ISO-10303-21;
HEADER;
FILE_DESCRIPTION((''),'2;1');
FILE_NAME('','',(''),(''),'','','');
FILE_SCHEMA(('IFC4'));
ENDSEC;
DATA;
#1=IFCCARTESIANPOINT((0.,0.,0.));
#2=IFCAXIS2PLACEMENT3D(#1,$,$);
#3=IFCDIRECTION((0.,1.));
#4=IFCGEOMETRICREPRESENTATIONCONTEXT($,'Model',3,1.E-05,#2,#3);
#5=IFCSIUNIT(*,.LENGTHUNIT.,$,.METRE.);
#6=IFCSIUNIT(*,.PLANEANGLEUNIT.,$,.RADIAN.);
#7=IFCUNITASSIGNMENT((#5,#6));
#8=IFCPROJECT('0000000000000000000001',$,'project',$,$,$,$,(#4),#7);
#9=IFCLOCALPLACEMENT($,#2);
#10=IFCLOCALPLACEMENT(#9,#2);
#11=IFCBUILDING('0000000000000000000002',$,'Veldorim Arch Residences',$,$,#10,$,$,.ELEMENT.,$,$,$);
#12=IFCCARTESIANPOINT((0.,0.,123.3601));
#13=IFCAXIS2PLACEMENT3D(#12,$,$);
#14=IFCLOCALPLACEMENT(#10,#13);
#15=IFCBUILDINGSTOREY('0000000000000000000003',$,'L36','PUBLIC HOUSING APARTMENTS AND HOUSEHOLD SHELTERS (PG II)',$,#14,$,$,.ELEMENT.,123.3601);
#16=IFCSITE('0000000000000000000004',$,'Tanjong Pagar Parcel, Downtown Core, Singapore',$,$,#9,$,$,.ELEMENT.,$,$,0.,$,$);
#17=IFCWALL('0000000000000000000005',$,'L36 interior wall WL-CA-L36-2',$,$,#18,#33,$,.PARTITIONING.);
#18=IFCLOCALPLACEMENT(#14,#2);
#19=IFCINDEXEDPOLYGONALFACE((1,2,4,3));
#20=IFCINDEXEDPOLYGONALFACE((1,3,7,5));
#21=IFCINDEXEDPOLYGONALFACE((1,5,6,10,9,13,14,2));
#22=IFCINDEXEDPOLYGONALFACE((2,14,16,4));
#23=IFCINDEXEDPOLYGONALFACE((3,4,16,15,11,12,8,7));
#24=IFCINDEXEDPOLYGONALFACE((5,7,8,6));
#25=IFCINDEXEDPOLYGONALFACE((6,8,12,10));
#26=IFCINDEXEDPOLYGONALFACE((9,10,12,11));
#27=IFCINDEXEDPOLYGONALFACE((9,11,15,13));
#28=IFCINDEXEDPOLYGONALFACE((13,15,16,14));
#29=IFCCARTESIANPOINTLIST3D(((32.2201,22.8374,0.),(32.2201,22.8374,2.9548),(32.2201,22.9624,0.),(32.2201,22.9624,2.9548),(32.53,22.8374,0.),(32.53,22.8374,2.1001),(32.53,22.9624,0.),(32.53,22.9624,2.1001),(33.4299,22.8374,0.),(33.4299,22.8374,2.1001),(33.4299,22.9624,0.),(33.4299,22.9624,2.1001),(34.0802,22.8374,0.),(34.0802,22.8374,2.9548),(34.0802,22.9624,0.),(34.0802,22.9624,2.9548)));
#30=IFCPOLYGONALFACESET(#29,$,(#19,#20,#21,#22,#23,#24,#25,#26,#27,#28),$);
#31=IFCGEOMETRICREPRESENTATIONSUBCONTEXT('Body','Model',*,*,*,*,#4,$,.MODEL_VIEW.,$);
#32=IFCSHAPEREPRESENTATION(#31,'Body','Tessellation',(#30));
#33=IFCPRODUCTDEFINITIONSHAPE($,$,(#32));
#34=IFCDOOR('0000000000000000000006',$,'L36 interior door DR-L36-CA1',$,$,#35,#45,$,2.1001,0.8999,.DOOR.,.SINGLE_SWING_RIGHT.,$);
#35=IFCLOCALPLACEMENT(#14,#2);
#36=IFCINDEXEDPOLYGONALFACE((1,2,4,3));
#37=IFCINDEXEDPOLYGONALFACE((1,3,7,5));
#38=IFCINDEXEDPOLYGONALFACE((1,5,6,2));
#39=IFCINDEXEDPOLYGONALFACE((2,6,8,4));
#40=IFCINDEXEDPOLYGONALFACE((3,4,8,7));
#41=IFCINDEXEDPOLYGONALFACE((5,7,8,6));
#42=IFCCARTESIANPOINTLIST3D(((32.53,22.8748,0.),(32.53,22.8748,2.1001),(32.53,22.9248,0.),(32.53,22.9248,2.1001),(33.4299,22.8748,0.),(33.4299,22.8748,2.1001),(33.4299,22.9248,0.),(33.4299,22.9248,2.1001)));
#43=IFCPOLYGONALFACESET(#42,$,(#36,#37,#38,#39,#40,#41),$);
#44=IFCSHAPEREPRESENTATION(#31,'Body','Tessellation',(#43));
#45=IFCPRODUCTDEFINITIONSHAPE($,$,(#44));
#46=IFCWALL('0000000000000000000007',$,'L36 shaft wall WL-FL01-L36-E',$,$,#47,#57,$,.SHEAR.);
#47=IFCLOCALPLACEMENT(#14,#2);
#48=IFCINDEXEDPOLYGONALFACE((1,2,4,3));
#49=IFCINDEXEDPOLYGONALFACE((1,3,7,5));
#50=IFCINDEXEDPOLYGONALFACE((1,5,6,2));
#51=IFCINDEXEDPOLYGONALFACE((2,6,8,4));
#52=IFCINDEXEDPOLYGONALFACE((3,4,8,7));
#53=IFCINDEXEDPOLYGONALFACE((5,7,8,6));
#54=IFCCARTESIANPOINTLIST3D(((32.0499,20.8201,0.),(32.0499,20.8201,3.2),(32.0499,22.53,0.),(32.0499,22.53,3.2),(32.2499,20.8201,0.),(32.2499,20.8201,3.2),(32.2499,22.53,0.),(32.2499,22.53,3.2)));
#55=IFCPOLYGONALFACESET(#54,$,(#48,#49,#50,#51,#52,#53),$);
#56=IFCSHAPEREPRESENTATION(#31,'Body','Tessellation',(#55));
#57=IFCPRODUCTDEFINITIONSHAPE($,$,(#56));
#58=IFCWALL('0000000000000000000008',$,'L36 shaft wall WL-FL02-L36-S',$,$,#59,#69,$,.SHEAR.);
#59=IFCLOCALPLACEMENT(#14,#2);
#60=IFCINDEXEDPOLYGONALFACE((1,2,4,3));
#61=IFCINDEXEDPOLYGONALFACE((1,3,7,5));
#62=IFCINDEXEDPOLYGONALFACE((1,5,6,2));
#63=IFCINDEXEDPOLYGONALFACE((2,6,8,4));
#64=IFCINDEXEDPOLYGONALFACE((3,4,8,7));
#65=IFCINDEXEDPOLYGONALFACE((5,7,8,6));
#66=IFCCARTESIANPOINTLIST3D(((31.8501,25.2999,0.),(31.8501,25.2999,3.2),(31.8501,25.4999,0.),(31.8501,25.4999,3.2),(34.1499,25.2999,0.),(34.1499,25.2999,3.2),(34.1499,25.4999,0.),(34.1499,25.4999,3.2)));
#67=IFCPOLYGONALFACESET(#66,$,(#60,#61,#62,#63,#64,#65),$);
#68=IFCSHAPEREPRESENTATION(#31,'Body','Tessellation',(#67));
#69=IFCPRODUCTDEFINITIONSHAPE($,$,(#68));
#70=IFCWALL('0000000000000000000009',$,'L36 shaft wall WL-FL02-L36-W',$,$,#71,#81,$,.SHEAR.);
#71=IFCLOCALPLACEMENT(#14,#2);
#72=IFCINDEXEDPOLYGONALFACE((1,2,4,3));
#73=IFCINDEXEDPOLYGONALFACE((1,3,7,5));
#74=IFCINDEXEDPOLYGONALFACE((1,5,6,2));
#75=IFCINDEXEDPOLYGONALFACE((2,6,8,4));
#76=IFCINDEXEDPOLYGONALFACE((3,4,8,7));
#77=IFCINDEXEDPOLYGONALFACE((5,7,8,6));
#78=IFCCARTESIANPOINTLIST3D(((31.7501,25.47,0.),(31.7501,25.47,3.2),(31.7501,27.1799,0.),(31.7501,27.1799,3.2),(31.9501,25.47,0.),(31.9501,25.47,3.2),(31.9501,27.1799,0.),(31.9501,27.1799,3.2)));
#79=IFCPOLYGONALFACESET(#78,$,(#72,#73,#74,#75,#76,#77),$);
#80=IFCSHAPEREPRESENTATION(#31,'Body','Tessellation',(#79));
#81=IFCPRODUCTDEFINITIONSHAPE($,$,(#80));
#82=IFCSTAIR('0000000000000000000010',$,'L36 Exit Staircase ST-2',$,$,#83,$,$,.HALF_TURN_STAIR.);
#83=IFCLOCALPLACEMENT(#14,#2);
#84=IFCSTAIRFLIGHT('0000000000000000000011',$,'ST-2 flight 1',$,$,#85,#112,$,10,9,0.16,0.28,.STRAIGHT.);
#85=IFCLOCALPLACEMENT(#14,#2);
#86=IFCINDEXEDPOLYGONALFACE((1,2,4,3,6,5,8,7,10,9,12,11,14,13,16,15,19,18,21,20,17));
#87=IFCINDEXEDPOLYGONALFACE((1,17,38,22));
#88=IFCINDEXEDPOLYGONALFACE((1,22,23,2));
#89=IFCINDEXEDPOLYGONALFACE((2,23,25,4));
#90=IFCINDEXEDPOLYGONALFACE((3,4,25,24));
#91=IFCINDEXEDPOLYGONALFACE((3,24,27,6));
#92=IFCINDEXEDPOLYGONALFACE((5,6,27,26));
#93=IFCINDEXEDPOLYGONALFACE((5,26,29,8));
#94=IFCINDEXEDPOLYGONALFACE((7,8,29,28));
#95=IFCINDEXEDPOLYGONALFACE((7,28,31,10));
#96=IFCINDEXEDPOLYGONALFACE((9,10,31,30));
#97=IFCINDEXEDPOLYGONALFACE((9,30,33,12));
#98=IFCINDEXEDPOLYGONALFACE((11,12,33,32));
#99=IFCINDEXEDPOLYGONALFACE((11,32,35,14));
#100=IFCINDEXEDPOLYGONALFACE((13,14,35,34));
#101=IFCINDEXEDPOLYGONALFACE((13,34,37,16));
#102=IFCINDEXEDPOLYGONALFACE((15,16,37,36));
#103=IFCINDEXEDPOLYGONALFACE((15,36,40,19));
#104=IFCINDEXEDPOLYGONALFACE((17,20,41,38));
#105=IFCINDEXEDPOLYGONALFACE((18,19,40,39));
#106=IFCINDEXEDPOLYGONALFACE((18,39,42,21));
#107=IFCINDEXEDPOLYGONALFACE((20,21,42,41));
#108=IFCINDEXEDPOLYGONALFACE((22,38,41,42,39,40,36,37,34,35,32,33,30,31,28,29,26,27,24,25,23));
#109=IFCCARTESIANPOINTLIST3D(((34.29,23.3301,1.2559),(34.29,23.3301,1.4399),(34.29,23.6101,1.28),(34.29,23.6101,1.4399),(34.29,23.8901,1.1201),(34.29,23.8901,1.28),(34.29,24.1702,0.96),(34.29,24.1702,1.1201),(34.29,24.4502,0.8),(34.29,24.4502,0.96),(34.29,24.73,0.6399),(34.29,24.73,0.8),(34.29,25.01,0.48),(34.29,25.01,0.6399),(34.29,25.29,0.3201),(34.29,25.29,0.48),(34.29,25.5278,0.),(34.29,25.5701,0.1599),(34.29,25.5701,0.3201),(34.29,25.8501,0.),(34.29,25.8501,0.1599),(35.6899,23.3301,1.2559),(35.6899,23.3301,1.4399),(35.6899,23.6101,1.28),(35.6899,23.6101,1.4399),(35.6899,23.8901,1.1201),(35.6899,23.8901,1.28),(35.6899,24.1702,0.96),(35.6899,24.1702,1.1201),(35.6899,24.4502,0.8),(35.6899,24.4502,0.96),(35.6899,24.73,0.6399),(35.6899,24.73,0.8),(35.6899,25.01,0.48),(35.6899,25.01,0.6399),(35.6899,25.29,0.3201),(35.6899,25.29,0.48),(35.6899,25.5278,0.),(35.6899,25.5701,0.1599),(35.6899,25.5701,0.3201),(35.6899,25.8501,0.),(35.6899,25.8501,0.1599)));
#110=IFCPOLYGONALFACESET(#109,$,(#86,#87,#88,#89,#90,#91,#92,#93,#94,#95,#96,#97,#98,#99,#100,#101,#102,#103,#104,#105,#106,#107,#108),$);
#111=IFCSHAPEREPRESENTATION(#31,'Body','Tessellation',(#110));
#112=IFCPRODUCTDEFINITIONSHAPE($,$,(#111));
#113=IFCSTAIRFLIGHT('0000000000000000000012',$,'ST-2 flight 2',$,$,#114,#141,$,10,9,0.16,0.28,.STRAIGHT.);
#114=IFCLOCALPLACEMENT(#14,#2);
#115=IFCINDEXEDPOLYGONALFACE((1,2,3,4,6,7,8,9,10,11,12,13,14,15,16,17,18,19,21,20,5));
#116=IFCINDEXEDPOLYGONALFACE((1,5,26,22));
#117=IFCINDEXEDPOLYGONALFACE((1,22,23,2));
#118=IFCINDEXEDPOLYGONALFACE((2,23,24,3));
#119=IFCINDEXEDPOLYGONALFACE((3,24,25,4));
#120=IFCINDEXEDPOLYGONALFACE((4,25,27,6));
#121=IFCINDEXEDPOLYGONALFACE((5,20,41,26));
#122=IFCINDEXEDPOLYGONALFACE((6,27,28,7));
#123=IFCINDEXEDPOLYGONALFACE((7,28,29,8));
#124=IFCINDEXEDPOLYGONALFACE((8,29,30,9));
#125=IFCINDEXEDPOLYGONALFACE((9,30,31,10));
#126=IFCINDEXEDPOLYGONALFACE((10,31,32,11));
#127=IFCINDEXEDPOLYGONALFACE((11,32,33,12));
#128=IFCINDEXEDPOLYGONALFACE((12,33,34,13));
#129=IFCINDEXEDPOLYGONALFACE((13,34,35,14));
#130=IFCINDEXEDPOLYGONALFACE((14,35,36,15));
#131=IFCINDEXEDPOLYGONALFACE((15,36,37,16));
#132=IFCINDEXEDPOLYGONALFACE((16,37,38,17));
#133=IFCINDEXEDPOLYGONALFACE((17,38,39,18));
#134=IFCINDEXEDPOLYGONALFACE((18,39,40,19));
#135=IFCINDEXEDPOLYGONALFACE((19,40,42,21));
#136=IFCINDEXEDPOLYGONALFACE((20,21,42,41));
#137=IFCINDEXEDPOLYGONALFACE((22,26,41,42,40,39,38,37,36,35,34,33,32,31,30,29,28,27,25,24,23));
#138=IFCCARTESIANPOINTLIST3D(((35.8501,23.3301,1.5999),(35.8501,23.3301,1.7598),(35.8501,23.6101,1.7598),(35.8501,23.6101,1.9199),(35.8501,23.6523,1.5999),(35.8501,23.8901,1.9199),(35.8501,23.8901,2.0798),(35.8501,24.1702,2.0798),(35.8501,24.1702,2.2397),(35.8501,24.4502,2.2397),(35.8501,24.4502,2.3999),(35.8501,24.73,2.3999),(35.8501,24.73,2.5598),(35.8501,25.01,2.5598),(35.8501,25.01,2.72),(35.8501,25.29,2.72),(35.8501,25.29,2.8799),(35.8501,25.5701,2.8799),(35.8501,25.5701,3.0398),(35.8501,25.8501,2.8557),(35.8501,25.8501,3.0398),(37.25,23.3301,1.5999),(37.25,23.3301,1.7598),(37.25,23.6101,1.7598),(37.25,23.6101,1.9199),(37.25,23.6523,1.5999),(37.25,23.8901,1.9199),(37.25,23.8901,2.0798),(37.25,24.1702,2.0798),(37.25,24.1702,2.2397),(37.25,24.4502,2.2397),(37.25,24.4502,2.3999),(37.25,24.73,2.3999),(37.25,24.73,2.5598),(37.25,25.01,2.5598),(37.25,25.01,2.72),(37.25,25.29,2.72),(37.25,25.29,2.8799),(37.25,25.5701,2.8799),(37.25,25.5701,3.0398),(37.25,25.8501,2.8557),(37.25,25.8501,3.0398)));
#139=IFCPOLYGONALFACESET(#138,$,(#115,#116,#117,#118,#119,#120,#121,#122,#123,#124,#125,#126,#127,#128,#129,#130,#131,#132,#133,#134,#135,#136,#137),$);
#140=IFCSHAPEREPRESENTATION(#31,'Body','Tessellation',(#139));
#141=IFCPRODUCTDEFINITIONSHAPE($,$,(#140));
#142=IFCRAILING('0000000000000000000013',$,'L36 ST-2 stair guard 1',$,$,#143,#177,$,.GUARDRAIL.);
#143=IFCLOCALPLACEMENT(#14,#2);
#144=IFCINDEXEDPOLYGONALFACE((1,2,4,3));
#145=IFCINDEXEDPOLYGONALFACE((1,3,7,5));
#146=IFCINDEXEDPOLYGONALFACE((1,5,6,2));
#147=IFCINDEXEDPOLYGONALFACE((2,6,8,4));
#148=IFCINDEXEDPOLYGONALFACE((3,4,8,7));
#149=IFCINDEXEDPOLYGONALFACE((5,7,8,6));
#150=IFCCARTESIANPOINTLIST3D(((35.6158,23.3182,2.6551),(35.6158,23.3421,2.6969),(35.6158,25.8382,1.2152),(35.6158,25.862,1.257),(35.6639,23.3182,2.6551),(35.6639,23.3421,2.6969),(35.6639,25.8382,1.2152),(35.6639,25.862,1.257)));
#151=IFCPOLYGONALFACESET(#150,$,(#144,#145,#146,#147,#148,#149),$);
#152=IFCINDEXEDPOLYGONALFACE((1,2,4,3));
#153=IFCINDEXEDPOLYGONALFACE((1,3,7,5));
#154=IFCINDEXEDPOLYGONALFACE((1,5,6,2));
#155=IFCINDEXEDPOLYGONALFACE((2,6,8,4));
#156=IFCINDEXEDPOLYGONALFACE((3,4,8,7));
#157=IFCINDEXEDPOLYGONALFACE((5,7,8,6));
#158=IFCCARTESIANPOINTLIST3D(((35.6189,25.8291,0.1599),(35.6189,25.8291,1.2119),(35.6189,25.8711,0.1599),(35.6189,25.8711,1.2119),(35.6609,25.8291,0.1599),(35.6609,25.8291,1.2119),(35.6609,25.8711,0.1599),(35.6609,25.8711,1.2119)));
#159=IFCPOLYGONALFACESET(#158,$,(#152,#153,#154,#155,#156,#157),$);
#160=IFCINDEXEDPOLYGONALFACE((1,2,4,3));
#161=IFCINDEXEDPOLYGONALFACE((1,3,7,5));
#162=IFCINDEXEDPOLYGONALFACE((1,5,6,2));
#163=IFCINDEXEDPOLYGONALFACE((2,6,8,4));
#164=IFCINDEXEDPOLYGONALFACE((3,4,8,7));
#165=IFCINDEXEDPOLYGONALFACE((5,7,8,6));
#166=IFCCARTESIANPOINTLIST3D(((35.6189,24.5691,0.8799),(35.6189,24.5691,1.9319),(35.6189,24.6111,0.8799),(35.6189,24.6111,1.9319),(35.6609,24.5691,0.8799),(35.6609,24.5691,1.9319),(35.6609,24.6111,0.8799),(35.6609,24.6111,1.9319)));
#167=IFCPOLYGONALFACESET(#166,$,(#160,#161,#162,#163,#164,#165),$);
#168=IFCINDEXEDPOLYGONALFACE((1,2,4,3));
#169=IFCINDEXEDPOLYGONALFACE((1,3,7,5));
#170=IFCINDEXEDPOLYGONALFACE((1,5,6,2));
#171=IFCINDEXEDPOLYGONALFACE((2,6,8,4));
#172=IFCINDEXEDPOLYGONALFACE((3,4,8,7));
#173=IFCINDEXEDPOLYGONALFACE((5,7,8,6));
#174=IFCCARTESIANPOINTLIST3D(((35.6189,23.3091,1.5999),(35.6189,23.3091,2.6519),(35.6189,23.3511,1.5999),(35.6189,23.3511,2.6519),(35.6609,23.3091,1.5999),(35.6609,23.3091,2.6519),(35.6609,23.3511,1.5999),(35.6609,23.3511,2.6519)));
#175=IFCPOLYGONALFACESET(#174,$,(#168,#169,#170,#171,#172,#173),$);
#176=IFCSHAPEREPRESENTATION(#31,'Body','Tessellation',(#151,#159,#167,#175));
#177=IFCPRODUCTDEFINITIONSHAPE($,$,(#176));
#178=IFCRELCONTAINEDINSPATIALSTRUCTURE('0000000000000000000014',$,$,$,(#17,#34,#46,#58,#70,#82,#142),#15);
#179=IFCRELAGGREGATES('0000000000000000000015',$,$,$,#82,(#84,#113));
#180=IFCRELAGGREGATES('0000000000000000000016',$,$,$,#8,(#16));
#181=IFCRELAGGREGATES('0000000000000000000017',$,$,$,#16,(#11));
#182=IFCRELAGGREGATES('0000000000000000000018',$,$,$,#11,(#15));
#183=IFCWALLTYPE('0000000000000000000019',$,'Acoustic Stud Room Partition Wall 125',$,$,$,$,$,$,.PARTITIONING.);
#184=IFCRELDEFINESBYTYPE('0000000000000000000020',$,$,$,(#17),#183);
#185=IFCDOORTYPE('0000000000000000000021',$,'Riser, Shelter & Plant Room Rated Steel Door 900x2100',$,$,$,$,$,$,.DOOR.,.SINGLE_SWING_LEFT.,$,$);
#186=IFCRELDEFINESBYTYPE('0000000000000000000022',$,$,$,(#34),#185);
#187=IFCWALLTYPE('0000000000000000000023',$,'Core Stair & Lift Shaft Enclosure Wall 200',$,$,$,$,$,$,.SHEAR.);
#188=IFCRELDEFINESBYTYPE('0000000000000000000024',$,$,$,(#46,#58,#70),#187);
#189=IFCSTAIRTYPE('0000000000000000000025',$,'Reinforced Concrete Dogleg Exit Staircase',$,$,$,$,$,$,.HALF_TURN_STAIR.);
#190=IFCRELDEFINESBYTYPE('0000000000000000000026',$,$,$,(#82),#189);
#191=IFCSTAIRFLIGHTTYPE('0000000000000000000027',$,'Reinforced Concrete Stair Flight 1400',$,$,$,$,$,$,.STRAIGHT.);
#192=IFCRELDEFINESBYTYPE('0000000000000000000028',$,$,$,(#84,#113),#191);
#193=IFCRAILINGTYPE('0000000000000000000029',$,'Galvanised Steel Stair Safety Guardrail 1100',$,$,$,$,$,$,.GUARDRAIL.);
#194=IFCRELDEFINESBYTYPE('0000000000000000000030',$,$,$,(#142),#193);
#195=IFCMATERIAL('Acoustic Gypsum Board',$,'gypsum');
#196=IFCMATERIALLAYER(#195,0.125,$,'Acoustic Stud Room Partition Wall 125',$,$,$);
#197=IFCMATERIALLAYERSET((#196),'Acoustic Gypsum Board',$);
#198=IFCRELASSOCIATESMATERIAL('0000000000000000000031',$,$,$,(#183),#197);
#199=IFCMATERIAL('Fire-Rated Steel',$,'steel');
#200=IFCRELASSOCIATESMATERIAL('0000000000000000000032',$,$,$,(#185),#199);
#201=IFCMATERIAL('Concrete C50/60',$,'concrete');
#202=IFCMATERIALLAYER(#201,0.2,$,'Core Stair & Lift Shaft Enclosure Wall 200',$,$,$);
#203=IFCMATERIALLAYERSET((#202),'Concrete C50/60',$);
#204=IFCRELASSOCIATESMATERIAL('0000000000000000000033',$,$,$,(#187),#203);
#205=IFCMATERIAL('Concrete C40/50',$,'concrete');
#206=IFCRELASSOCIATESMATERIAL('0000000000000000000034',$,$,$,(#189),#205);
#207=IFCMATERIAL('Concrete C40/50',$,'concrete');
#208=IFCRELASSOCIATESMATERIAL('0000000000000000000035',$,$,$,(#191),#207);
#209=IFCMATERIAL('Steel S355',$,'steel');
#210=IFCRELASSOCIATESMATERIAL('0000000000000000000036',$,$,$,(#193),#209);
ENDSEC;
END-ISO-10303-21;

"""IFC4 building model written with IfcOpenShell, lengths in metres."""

from ifc_helpers import new_model, si_unit, direction, frame, frame_2d, origin, origin_2d, place, context, subcontext, project, spatial, polyline, rectangle, outline, extrude, material, layer, layer_set, type_object, element, fill, aggregate, save


model = new_model("IFC4")

# Units and contexts
model_context = context("Model", 3, precision=1e-05, world=origin(), true_north=direction((0.0, 1.0)))
body_context = subcontext(model_context, "Body", "Model", "MODEL_VIEW")
ifc_project = project(units=[si_unit("LENGTHUNIT", "METRE"), si_unit("PLANEANGLEUNIT", "RADIAN")], contexts=[model_context])

# Site, building, storey
site_placement = place(None, origin())
site = spatial("IfcSite", under=ifc_project, at=site_placement, Name="Tanjong Pagar Parcel, Downtown Core, Singapore", CompositionType="ELEMENT", RefElevation=0.0)
building_placement = place(site_placement, origin())
building = spatial("IfcBuilding", under=site, at=building_placement, Name="Veldorim Arch Residences", CompositionType="ELEMENT")
storey_placement = place(building_placement, frame((0.0, 0.0, 123.3601)))
storey = spatial("IfcBuildingStorey", under=building, at=storey_placement, Name="L36", Description="PUBLIC HOUSING APARTMENTS AND HOUSEHOLD SHELTERS (PG II)", CompositionType="ELEMENT", Elevation=123.3601)

# Wall, opening, door
ifc_material_1 = material(Name="Acoustic Gypsum Board", Category="gypsum")
ifc_layer_1 = layer(ifc_material_1, 0.125, Name="Acoustic Stud Room Partition Wall 125")
ifc_layer_set_1 = layer_set([ifc_layer_1], Name="Acoustic Gypsum Board")
wall_type_1 = type_object("IfcWallType", Name="Acoustic Stud Room Partition Wall 125", PredefinedType="PARTITIONING", material=ifc_layer_set_1)
wall_1_placement = place(storey_placement, frame((32.22, 22.8999, 0.0), z_axis=(0.0, 0.0, 1.0), x_axis=(1.0, 0.0, 0.0)))
wall_1 = element("IfcWall", 1, at=wall_1_placement, inside=storey, type_object=wall_type_1, Name="L36 interior wall WL-CA-L36-2", PredefinedType="PARTITIONING", context=body_context, shape_type="SweptSolid", body=[
    extrude(rectangle(XDim=1.8601, YDim=0.125, at=frame_2d((0.9302, 0.0))), origin(), (0.0, 0.0, 1.0), 2.9548),
])
opening_placement = place(wall_1_placement, frame((0.3101, 0.0, 0.0)))
opening = element("IfcOpeningElement", 2, at=opening_placement, cuts=wall_1, PredefinedType="OPENING", context=body_context, shape_type="SweptSolid", body=[
    extrude(rectangle(XDim=0.8999, YDim=2.1001, at=frame_2d((0.45, 1.05))), frame((0.0, 0.0725, 0.0), z_axis=(0.0, -1.0, 0.0), x_axis=(1.0, 0.0, 0.0)), (0.0, 0.0, 1.0), 0.145),
])
ifc_material_2 = material(Name="Fire-Rated Steel", Category="steel")
door_type = type_object("IfcDoorType", Name="Riser, Shelter & Plant Room Rated Steel Door 900x2100", OperationType="SINGLE_SWING_LEFT", PredefinedType="DOOR", material=ifc_material_2)
door_placement = place(opening_placement, origin())
door = element("IfcDoor", 3, at=door_placement, inside=storey, type_object=door_type, Name="L36 interior door DR-L36-CA1", OperationType="SINGLE_SWING_RIGHT", OverallHeight=2.1001, OverallWidth=0.8999, PredefinedType="DOOR", context=body_context, shape_type="SweptSolid", body=[
    extrude(rectangle(XDim=0.8999, YDim=2.1001, at=frame_2d((0.45, 1.05))), frame((0.0, 0.0249, 0.0), z_axis=(0.0, -1.0, 0.0), x_axis=(1.0, 0.0, 0.0)), (0.0, 0.0, 1.0), 0.05),
])
fill(opening, door)

# Walls
ifc_material_3 = material(Name="Concrete C50/60", Category="concrete")
ifc_layer_2 = layer(ifc_material_3, 0.2, Name="Core Stair & Lift Shaft Enclosure Wall 200")
ifc_layer_set_2 = layer_set([ifc_layer_2], Name="Concrete C50/60")
wall_type_2 = type_object("IfcWallType", Name="Core Stair & Lift Shaft Enclosure Wall 200", PredefinedType="SHEAR", material=ifc_layer_set_2)
wall_2_placement = place(storey_placement, frame((32.1499, 20.8201, 0.0), z_axis=(0.0, 0.0, 1.0), x_axis=(0.0, 1.0, 0.0)))
element("IfcWall", 4, at=wall_2_placement, inside=storey, type_object=wall_type_2, Name="L36 shaft wall WL-FL01-L36-E", PredefinedType="SHEAR", context=body_context, shape_type="SweptSolid", body=[
    extrude(rectangle(XDim=1.71, YDim=0.2, at=frame_2d((0.855, 0.0))), origin(), (0.0, 0.0, 1.0), 3.2),
])
wall_3_placement = place(storey_placement, frame((31.8501, 25.3999, 0.0), z_axis=(0.0, 0.0, 1.0), x_axis=(1.0, 0.0, 0.0)))
element("IfcWall", 5, at=wall_3_placement, inside=storey, type_object=wall_type_2, Name="L36 shaft wall WL-FL02-L36-S", PredefinedType="SHEAR", context=body_context, shape_type="SweptSolid", body=[
    extrude(rectangle(XDim=2.2998, YDim=0.2, at=frame_2d((1.1499, 0.0))), origin(), (0.0, 0.0, 1.0), 3.2),
])
wall_4_placement = place(storey_placement, frame((31.8501, 25.47, 0.0), z_axis=(0.0, 0.0, 1.0), x_axis=(0.0, 1.0, 0.0)))
element("IfcWall", 6, at=wall_4_placement, inside=storey, type_object=wall_type_2, Name="L36 shaft wall WL-FL02-L36-W", PredefinedType="SHEAR", context=body_context, shape_type="SweptSolid", body=[
    extrude(rectangle(XDim=1.71, YDim=0.2, at=frame_2d((0.855, 0.0))), origin(), (0.0, 0.0, 1.0), 3.2),
])

# Stair, stair flights
ifc_material_4 = material(Name="Concrete C40/50", Category="concrete")
stair_type = type_object("IfcStairType", Name="Reinforced Concrete Dogleg Exit Staircase", PredefinedType="HALF_TURN_STAIR", material=ifc_material_4)
stair_placement = place(storey_placement, origin())
stair = element("IfcStair", 7, at=stair_placement, inside=storey, type_object=stair_type, Name="L36 Exit Staircase ST-2", PredefinedType="HALF_TURN_STAIR")
ifc_material_5 = material(Name="Concrete C40/50", Category="concrete")
stair_flight_type = type_object("IfcStairFlightType", Name="Reinforced Concrete Stair Flight 1400", PredefinedType="STRAIGHT", material=ifc_material_5)
stair_flight_1_placement = place(storey_placement, frame((34.99, 25.8501, 0.0), z_axis=(0.0, 0.0, 1.0), x_axis=(0.0, -1.0, 0.0)))
stair_flight_1 = element("IfcStairFlight", 8, at=stair_flight_1_placement, type_object=stair_flight_type, Name="ST-2 flight 1", NumberOfRisers=10, NumberOfTreads=9, PredefinedType="STRAIGHT", RiserHeight=0.16, TreadLength=0.28, context=body_context, shape_type="SweptSolid", body=[
    extrude(outline(polyline([(0.0, 0.0), (0.0, 0.1599), (0.28, 0.1599), (0.28, 0.3201), (0.5601, 0.3201), (0.5601, 0.48), (0.8401, 0.48), (0.8401, 0.6399), (1.1201, 0.6399), (1.1201, 0.8), (1.3999, 0.8), (1.3999, 0.96), (1.6799, 0.96), (1.6799, 1.1201), (1.96, 1.1201), (1.96, 1.28), (2.24, 1.28), (2.24, 1.4399), (2.52, 1.4399), (2.52, 1.6001), (2.52, 1.2559), (0.3223, 0.0), (0.0, 0.0)])), frame((0.0, 0.7, 0.0), z_axis=(0.0, -1.0, 0.0), x_axis=(1.0, 0.0, 0.0)), (0.0, 0.0, 1.0), 1.3999),
])
stair_flight_2_placement = place(storey_placement, frame((36.55, 23.3301, 1.5999), z_axis=(0.0, 0.0, 1.0), x_axis=(0.0, 1.0, 0.0)))
stair_flight_2 = element("IfcStairFlight", 9, at=stair_flight_2_placement, type_object=stair_flight_type, Name="ST-2 flight 2", NumberOfRisers=10, NumberOfTreads=9, PredefinedType="STRAIGHT", RiserHeight=0.16, TreadLength=0.28, context=body_context, shape_type="SweptSolid", body=[
    extrude(outline(polyline([(0.0, 0.0), (0.0, 0.1599), (0.28, 0.1599), (0.28, 0.3201), (0.5601, 0.3201), (0.5601, 0.48), (0.8401, 0.48), (0.8401, 0.6399), (1.1201, 0.6399), (1.1201, 0.8), (1.3999, 0.8), (1.3999, 0.96), (1.6799, 0.96), (1.6799, 1.1201), (1.96, 1.1201), (1.96, 1.28), (2.24, 1.28), (2.24, 1.4399), (2.52, 1.4399), (2.52, 1.6001), (2.52, 1.2559), (0.3223, 0.0), (0.0, 0.0)])), frame((0.0, 0.7, 0.0), z_axis=(0.0, -1.0, 0.0), x_axis=(1.0, 0.0, 0.0)), (0.0, 0.0, 1.0), 1.3999),
])
aggregate(stair, [stair_flight_1, stair_flight_2])

# Railing
ifc_material_6 = material(Name="Steel S355", Category="steel")
railing_type_1 = type_object("IfcRailingType", Name="Galvanised Steel Stair Safety Guardrail 1100", PredefinedType="GUARDRAIL", material=ifc_material_6)
railing_1_placement = place(storey_placement, frame((35.6399, 25.8501, 0.1599)))
element("IfcRailing", 10, at=railing_1_placement, inside=storey, type_object=railing_type_1, Name="L36 ST-2 stair guard 1", PredefinedType="GUARDRAIL", context=body_context, shape_type="SweptSolid", body=[
    extrude(rectangle(XDim=0.0481, YDim=0.0481, at=origin_2d()), frame((0.0, 0.0, 1.0762), z_axis=(0.0, -0.868253, 0.496121), x_axis=(1.0, 0.0, 0.0)), (0.0, 0.0, 1.0), 2.9023),
    extrude(rectangle(XDim=0.042, YDim=0.042, at=origin_2d()), origin(), (0.0, 0.0, 1.0), 1.052),
    extrude(rectangle(XDim=0.042, YDim=0.042, at=origin_2d()), frame((0.0, -1.26, 0.72)), (0.0, 0.0, 1.0), 1.052),
    extrude(rectangle(XDim=0.042, YDim=0.042, at=origin_2d()), frame((0.0, -2.52, 1.4399)), (0.0, 0.0, 1.0), 1.052),
])

save(model, "model.ifc")
